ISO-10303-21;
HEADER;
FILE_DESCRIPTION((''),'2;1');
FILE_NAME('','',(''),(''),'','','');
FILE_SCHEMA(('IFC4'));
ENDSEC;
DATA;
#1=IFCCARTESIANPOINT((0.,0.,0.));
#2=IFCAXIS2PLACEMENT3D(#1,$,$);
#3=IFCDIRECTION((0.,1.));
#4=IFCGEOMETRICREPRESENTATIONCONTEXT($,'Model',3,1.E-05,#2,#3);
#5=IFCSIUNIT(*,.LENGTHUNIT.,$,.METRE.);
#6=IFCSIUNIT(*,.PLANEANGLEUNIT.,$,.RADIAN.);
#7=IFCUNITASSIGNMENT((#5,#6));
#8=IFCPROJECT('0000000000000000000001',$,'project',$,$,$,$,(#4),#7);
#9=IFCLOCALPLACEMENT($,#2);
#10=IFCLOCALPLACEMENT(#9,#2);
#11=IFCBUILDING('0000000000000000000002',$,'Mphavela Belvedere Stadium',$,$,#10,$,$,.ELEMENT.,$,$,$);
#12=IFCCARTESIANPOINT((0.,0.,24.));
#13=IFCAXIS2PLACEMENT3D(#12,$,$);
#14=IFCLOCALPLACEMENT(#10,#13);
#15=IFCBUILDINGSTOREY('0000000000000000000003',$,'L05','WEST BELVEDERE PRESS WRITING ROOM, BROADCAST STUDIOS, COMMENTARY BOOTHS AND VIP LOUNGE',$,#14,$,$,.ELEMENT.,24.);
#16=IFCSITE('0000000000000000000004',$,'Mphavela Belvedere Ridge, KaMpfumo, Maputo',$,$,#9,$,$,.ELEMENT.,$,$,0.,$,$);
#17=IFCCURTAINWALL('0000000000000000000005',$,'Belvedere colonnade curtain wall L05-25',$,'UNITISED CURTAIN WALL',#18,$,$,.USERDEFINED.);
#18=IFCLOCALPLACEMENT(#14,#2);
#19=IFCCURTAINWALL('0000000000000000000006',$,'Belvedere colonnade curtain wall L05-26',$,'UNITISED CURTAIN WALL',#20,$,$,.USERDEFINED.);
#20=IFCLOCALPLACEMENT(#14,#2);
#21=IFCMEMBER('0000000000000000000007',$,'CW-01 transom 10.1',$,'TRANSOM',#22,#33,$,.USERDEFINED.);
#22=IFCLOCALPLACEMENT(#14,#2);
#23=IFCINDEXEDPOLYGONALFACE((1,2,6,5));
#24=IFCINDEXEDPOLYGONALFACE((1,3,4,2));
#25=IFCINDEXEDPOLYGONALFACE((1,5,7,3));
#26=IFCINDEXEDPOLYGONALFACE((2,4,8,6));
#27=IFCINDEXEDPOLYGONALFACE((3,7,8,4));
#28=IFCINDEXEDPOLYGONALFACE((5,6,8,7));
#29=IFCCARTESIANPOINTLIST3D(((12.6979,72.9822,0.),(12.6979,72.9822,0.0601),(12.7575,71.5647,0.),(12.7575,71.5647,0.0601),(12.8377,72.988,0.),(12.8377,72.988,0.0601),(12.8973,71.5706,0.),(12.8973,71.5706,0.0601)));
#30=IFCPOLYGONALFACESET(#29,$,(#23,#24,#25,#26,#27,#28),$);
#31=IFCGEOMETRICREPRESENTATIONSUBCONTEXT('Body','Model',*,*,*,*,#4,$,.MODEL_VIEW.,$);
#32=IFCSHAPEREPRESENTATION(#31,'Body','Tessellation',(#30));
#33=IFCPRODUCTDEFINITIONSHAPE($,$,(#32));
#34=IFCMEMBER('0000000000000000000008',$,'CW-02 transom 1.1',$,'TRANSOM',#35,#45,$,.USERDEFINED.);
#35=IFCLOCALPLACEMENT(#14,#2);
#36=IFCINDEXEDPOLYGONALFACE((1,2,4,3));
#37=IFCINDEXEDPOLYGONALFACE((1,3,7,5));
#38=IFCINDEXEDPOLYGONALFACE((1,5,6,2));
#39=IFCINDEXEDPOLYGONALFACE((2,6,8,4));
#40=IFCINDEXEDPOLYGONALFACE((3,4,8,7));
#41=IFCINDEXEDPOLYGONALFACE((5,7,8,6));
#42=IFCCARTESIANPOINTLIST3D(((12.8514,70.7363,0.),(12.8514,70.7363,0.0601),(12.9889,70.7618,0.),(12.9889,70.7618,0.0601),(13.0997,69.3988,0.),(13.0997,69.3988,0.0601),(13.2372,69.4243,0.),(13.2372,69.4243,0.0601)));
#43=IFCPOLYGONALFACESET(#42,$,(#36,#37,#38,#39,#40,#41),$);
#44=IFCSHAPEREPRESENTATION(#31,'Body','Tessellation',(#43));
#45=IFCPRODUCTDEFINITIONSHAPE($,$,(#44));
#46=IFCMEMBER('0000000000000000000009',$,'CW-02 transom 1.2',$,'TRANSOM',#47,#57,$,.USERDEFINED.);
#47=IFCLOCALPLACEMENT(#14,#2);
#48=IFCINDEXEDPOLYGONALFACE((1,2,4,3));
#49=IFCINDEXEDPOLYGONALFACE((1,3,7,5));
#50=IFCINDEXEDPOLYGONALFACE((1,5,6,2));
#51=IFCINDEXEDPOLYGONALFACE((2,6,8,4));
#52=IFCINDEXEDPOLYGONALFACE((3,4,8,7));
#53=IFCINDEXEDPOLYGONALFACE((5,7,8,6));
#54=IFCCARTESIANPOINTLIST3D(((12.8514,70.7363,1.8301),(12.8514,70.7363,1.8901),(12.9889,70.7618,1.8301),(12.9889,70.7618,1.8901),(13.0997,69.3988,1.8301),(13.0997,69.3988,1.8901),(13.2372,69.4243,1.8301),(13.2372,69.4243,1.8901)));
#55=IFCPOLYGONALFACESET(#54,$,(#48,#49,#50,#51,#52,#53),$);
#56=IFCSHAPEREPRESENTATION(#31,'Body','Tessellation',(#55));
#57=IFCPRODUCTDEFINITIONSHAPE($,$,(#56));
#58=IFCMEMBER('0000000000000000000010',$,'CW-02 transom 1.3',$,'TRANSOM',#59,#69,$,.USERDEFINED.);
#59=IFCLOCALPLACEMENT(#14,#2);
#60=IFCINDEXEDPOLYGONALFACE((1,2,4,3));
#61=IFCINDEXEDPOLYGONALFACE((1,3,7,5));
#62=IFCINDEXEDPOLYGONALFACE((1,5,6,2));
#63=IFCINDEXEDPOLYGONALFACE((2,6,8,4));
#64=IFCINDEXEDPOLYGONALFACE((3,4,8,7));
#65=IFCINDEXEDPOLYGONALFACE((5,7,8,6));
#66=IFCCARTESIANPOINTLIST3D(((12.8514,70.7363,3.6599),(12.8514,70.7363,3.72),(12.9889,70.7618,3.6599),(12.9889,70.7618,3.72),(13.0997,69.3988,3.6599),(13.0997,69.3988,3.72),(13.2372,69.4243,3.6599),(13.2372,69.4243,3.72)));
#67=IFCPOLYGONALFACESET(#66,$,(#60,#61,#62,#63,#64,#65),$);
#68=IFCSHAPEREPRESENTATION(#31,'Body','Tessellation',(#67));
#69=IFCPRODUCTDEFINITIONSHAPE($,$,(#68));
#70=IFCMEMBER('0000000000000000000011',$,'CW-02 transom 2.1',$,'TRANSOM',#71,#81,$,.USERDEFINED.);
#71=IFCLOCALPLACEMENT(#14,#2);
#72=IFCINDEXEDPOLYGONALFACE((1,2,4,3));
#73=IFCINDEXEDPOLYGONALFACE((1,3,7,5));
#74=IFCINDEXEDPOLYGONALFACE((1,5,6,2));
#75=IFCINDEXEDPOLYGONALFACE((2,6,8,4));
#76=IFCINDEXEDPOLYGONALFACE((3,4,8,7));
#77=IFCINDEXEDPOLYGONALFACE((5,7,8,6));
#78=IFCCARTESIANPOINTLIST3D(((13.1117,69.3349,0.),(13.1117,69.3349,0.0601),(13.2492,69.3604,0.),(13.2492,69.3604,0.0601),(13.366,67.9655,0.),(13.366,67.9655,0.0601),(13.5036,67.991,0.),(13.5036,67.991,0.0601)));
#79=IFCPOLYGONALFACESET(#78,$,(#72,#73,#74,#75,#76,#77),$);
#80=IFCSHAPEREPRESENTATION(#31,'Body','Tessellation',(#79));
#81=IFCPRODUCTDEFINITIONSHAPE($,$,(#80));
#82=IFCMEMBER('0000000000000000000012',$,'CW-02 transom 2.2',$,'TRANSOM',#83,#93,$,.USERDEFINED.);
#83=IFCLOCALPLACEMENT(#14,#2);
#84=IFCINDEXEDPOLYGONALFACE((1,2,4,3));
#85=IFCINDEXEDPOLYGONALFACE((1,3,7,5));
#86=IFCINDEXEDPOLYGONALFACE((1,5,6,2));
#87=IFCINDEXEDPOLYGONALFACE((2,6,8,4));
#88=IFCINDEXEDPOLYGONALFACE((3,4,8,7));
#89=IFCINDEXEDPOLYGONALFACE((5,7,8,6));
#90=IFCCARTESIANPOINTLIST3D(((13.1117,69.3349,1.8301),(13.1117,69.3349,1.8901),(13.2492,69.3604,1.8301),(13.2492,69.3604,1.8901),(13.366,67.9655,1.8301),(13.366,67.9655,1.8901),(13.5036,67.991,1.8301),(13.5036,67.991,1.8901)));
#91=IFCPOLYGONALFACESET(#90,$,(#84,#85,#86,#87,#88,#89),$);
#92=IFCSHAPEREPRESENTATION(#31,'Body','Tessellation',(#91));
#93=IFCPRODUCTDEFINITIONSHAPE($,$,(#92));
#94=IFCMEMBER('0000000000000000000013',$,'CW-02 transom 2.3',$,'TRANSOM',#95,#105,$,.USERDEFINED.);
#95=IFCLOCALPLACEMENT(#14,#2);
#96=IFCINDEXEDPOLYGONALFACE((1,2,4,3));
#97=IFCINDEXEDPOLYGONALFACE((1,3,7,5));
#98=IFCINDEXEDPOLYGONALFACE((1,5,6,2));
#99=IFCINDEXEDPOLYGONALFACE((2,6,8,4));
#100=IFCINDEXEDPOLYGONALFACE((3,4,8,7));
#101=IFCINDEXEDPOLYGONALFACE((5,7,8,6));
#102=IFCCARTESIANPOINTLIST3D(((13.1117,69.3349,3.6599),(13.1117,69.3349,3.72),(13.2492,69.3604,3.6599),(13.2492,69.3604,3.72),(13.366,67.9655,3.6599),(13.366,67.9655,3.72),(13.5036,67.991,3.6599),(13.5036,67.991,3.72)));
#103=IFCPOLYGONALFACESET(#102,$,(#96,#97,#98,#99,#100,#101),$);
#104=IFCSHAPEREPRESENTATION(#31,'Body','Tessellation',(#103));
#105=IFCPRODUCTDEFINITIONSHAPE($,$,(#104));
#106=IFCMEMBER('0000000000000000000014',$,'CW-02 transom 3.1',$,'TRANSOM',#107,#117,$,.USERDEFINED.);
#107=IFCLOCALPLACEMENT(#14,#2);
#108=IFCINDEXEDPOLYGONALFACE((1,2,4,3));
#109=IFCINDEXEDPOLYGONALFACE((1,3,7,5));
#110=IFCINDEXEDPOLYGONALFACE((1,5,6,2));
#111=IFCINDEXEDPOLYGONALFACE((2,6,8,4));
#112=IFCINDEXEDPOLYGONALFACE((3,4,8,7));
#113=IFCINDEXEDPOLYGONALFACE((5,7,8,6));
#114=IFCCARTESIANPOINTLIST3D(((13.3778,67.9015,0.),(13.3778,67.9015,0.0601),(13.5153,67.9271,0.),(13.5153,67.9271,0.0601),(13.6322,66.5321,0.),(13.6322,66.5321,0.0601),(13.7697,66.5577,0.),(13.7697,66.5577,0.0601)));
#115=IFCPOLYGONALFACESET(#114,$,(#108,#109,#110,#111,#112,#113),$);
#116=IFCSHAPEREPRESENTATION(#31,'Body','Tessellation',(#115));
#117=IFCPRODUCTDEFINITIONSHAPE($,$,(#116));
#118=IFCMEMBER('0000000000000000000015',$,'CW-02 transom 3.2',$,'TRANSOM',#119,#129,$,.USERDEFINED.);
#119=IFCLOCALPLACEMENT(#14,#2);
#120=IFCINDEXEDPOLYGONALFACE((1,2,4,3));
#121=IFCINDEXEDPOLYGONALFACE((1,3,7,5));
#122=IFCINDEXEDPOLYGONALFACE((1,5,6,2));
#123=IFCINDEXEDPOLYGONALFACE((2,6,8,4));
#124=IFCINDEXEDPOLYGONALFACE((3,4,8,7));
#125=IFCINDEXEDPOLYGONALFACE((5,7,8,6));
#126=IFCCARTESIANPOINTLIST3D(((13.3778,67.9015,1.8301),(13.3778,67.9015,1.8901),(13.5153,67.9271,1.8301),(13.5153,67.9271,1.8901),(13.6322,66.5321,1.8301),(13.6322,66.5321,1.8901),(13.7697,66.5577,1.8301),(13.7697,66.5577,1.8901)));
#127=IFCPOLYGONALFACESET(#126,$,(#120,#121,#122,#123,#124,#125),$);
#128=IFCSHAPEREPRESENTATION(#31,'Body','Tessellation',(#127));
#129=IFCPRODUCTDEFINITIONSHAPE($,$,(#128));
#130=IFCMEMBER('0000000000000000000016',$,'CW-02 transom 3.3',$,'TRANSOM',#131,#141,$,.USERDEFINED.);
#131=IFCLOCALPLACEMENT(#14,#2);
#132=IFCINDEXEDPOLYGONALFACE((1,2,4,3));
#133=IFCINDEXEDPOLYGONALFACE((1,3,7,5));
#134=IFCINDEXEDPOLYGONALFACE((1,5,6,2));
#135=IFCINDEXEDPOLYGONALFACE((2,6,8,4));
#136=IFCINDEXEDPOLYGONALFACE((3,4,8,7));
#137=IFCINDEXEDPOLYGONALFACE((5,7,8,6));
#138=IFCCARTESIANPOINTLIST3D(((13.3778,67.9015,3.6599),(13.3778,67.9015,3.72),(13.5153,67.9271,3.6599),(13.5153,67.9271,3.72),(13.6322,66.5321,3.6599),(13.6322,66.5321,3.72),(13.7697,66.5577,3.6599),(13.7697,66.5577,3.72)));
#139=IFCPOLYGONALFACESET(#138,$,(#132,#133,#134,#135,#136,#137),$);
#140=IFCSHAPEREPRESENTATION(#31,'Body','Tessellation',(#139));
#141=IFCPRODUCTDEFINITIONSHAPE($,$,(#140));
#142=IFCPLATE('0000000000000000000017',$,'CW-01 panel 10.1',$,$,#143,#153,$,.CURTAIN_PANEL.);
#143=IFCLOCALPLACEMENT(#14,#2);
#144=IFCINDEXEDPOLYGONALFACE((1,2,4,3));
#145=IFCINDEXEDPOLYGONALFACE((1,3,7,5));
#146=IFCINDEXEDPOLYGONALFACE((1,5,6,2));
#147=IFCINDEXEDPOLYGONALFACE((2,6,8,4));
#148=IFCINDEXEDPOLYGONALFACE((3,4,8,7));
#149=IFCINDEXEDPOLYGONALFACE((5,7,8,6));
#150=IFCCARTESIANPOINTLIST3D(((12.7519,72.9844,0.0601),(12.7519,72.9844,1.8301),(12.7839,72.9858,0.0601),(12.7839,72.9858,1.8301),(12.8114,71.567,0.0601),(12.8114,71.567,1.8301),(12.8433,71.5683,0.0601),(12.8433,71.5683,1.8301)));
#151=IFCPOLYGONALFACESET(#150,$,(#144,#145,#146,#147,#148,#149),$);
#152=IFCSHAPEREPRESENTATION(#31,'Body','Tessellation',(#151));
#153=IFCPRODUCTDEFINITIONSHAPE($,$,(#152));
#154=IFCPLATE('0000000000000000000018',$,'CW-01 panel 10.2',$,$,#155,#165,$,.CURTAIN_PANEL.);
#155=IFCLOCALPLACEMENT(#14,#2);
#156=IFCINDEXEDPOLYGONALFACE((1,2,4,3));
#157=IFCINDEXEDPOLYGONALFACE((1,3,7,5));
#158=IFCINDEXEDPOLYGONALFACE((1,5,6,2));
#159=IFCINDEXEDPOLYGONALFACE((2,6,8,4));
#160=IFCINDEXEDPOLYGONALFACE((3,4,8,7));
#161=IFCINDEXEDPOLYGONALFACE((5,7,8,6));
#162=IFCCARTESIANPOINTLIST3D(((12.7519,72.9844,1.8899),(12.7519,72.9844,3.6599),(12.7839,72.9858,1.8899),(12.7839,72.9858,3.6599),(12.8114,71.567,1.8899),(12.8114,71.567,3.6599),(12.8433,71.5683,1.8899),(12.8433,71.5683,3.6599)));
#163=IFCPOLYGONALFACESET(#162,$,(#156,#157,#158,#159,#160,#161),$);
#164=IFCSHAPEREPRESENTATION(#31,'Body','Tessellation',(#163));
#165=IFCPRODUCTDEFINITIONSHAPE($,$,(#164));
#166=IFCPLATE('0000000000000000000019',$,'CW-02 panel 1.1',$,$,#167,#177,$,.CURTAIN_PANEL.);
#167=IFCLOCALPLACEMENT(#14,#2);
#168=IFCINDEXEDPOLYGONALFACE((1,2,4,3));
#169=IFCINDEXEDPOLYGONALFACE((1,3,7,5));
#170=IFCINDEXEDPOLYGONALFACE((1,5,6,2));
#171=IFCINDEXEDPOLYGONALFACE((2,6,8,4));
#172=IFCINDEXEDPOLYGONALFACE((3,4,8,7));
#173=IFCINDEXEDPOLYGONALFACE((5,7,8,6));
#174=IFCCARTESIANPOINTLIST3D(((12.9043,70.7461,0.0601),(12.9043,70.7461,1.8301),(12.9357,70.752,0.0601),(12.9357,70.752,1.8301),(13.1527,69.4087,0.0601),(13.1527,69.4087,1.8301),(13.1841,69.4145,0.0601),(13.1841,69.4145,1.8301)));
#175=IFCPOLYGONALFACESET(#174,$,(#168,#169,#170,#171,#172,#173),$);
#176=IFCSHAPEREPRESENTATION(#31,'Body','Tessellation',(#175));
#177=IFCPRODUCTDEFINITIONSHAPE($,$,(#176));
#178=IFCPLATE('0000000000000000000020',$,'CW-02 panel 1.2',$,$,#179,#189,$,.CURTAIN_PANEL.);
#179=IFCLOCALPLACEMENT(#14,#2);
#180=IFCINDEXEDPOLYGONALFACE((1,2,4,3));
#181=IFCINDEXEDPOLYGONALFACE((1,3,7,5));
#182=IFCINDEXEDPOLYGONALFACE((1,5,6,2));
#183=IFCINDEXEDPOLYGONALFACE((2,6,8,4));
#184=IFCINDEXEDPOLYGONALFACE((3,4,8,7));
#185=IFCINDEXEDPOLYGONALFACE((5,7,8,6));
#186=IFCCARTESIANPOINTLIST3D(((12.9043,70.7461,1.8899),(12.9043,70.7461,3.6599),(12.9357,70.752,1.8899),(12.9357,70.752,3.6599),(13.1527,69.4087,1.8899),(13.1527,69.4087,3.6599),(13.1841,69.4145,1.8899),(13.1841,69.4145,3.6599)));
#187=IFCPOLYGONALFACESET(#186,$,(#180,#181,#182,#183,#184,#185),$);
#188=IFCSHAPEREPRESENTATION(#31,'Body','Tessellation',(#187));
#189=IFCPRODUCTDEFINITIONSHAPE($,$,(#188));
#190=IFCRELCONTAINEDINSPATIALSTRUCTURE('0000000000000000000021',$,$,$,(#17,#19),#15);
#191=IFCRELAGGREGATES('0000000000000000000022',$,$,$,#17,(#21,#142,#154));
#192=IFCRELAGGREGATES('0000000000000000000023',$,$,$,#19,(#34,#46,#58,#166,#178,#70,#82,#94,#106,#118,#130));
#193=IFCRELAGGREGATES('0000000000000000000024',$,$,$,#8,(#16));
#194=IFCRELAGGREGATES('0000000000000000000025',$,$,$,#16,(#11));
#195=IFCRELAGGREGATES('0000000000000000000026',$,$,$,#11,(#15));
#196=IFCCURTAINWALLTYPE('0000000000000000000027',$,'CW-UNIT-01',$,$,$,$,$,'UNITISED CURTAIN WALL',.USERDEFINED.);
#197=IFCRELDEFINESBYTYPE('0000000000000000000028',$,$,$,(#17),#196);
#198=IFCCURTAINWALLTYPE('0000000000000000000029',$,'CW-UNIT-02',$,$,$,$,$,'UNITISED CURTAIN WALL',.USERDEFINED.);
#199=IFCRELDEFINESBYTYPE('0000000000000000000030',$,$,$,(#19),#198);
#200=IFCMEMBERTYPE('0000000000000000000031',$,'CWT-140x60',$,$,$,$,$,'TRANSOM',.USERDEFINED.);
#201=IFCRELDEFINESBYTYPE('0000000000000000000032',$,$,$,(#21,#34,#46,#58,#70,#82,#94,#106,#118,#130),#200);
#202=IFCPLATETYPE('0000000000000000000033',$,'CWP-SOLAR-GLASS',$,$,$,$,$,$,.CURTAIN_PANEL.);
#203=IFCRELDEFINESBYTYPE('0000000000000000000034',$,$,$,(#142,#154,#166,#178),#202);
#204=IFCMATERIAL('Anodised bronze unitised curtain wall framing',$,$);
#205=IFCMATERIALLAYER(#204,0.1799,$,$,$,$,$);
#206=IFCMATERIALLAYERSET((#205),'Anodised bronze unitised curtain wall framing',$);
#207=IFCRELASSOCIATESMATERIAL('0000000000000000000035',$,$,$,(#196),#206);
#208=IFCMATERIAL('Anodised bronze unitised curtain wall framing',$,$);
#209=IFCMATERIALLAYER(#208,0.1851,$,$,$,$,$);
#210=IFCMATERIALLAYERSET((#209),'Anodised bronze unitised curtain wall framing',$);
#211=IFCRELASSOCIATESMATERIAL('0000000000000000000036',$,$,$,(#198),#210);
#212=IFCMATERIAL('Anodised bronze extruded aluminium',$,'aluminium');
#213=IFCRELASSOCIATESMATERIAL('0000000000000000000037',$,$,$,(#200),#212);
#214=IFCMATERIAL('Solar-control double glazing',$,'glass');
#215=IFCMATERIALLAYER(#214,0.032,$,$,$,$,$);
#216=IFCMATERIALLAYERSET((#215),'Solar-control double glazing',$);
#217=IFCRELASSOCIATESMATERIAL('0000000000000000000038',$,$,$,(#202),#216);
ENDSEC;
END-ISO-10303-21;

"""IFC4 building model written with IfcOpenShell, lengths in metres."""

from ifc_helpers import new_model, si_unit, direction, frame, origin, origin_2d, place, context, subcontext, project, spatial, rectangle, extrude, material, layer, layer_set, material_profile, profile_set, type_object, element, aggregate, save


model = new_model("IFC4")

# Units and contexts
model_context = context("Model", 3, precision=1e-05, world=origin(), true_north=direction((0.0, 1.0)))
body_context = subcontext(model_context, "Body", "Model", "MODEL_VIEW")
ifc_project = project(units=[si_unit("LENGTHUNIT", "METRE"), si_unit("PLANEANGLEUNIT", "RADIAN")], contexts=[model_context])

# Site, building, storey
site_placement = place(None, origin())
site = spatial("IfcSite", under=ifc_project, at=site_placement, Name="Mphavela Belvedere Ridge, KaMpfumo, Maputo", CompositionType="ELEMENT", RefElevation=0.0)
building_placement = place(site_placement, origin())
building = spatial("IfcBuilding", under=site, at=building_placement, Name="Mphavela Belvedere Stadium", CompositionType="ELEMENT")
storey_placement = place(building_placement, frame((0.0, 0.0, 24.0)))
storey = spatial("IfcBuildingStorey", under=building, at=storey_placement, Name="L05", Description="WEST BELVEDERE PRESS WRITING ROOM, BROADCAST STUDIOS, COMMENTARY BOOTHS AND VIP LOUNGE", CompositionType="ELEMENT", Elevation=24.0)

# Curtain wall
ifc_material_1 = material(Name="Anodised bronze unitised curtain wall framing")
ifc_layer_1 = layer(ifc_material_1, 0.1799)
ifc_layer_set_1 = layer_set([ifc_layer_1], Name="Anodised bronze unitised curtain wall framing")
curtain_wall_type_1 = type_object("IfcCurtainWallType", Name="CW-UNIT-01", ElementType="UNITISED CURTAIN WALL", PredefinedType="USERDEFINED", material=ifc_layer_set_1)
curtain_wall_1_placement = place(storey_placement, origin())
curtain_wall_1 = element("IfcCurtainWall", 1, at=curtain_wall_1_placement, inside=storey, type_object=curtain_wall_type_1, Name="Belvedere colonnade curtain wall L05-25", ObjectType="UNITISED CURTAIN WALL", PredefinedType="USERDEFINED")

# Curtain wall
ifc_material_2 = material(Name="Anodised bronze unitised curtain wall framing")
ifc_layer_2 = layer(ifc_material_2, 0.1851)
ifc_layer_set_2 = layer_set([ifc_layer_2], Name="Anodised bronze unitised curtain wall framing")
curtain_wall_type_2 = type_object("IfcCurtainWallType", Name="CW-UNIT-02", ElementType="UNITISED CURTAIN WALL", PredefinedType="USERDEFINED", material=ifc_layer_set_2)
curtain_wall_2_placement = place(storey_placement, origin())
curtain_wall_2 = element("IfcCurtainWall", 2, at=curtain_wall_2_placement, inside=storey, type_object=curtain_wall_type_2, Name="Belvedere colonnade curtain wall L05-26", ObjectType="UNITISED CURTAIN WALL", PredefinedType="USERDEFINED")

# Members
ifc_material_3 = material(Name="Anodised bronze extruded aluminium", Category="aluminium")
ifc_material_profile_1 = material_profile(ifc_material_3, rectangle(XDim=0.1399, YDim=0.0601, at=origin_2d()), Name="CW-TRN 140x60")
ifc_profile_set_1 = profile_set([ifc_material_profile_1], Name="Anodised bronze extruded aluminium")
member_type_1 = type_object("IfcMemberType", Name="CWT-140x60", ElementType="TRANSOM", PredefinedType="USERDEFINED", material=ifc_profile_set_1)
member_1_placement = place(storey_placement, frame((12.7678, 72.9851, 0.03), z_axis=(0.041988, -0.999118, 0.0), x_axis=(0.999118, 0.041988, 0.0)))
member_1 = element("IfcMember", 3, at=member_1_placement, type_object=member_type_1, Name="CW-01 transom 10.1", ObjectType="TRANSOM", PredefinedType="USERDEFINED", context=body_context, shape_type="SweptSolid", body=[
    extrude(rectangle(XDim=0.1399, YDim=0.0601, at=origin_2d()), origin(), (0.0, 0.0, 1.0), 1.4187),
])
member_2_placement = place(storey_placement, frame((12.9202, 70.749, 0.03), z_axis=(0.182533, -0.9832, 0.0), x_axis=(0.9832, 0.182533, 0.0)))
member_2 = element("IfcMember", 4, at=member_2_placement, type_object=member_type_1, Name="CW-02 transom 1.1", ObjectType="TRANSOM", PredefinedType="USERDEFINED", context=body_context, shape_type="SweptSolid", body=[
    extrude(rectangle(XDim=0.1399, YDim=0.0601, at=origin_2d()), origin(), (0.0, 0.0, 1.0), 1.3604),
])
member_3_placement = place(storey_placement, frame((12.9202, 70.749, 1.8601), z_axis=(0.182533, -0.9832, 0.0), x_axis=(0.9832, 0.182533, 0.0)))
member_3 = element("IfcMember", 5, at=member_3_placement, type_object=member_type_1, Name="CW-02 transom 1.2", ObjectType="TRANSOM", PredefinedType="USERDEFINED", context=body_context, shape_type="SweptSolid", body=[
    extrude(rectangle(XDim=0.1399, YDim=0.0601, at=origin_2d()), origin(), (0.0, 0.0, 1.0), 1.3604),
])
member_4_placement = place(storey_placement, frame((12.9202, 70.749, 3.6899), z_axis=(0.182533, -0.9832, 0.0), x_axis=(0.9832, 0.182533, 0.0)))
member_4 = element("IfcMember", 6, at=member_4_placement, type_object=member_type_1, Name="CW-02 transom 1.3", ObjectType="TRANSOM", PredefinedType="USERDEFINED", context=body_context, shape_type="SweptSolid", body=[
    extrude(rectangle(XDim=0.1399, YDim=0.0601, at=origin_2d()), origin(), (0.0, 0.0, 1.0), 1.3604),
])
member_5_placement = place(storey_placement, frame((13.1804, 69.3477, 0.03), z_axis=(0.182648, -0.983178, 0.0), x_axis=(0.983178, 0.182648, 0.0)))
member_5 = element("IfcMember", 7, at=member_5_placement, type_object=member_type_1, Name="CW-02 transom 2.1", ObjectType="TRANSOM", PredefinedType="USERDEFINED", context=body_context, shape_type="SweptSolid", body=[
    extrude(rectangle(XDim=0.1399, YDim=0.0601, at=origin_2d()), origin(), (0.0, 0.0, 1.0), 1.3928),
])
member_6_placement = place(storey_placement, frame((13.1804, 69.3477, 1.8601), z_axis=(0.182648, -0.983178, 0.0), x_axis=(0.983178, 0.182648, 0.0)))
member_6 = element("IfcMember", 8, at=member_6_placement, type_object=member_type_1, Name="CW-02 transom 2.2", ObjectType="TRANSOM", PredefinedType="USERDEFINED", context=body_context, shape_type="SweptSolid", body=[
    extrude(rectangle(XDim=0.1399, YDim=0.0601, at=origin_2d()), origin(), (0.0, 0.0, 1.0), 1.3928),
])
member_7_placement = place(storey_placement, frame((13.1804, 69.3477, 3.6899), z_axis=(0.182648, -0.983178, 0.0), x_axis=(0.983178, 0.182648, 0.0)))
member_7 = element("IfcMember", 9, at=member_7_placement, type_object=member_type_1, Name="CW-02 transom 2.3", ObjectType="TRANSOM", PredefinedType="USERDEFINED", context=body_context, shape_type="SweptSolid", body=[
    extrude(rectangle(XDim=0.1399, YDim=0.0601, at=origin_2d()), origin(), (0.0, 0.0, 1.0), 1.3928),
])
member_8_placement = place(storey_placement, frame((13.4465, 67.9143, 0.03), z_axis=(0.182648, -0.983178, 0.0), x_axis=(0.983178, 0.182648, 0.0)))
member_8 = element("IfcMember", 10, at=member_8_placement, type_object=member_type_1, Name="CW-02 transom 3.1", ObjectType="TRANSOM", PredefinedType="USERDEFINED", context=body_context, shape_type="SweptSolid", body=[
    extrude(rectangle(XDim=0.1399, YDim=0.0601, at=origin_2d()), origin(), (0.0, 0.0, 1.0), 1.3928),
])
member_9_placement = place(storey_placement, frame((13.4465, 67.9143, 1.8601), z_axis=(0.182648, -0.983178, 0.0), x_axis=(0.983178, 0.182648, 0.0)))
member_9 = element("IfcMember", 11, at=member_9_placement, type_object=member_type_1, Name="CW-02 transom 3.2", ObjectType="TRANSOM", PredefinedType="USERDEFINED", context=body_context, shape_type="SweptSolid", body=[
    extrude(rectangle(XDim=0.1399, YDim=0.0601, at=origin_2d()), origin(), (0.0, 0.0, 1.0), 1.3928),
])
member_10_placement = place(storey_placement, frame((13.4465, 67.9143, 3.6899), z_axis=(0.182648, -0.983178, 0.0), x_axis=(0.983178, 0.182648, 0.0)))
member_10 = element("IfcMember", 12, at=member_10_placement, type_object=member_type_1, Name="CW-02 transom 3.3", ObjectType="TRANSOM", PredefinedType="USERDEFINED", context=body_context, shape_type="SweptSolid", body=[
    extrude(rectangle(XDim=0.1399, YDim=0.0601, at=origin_2d()), origin(), (0.0, 0.0, 1.0), 1.3928),
])

# Plates
ifc_material_4 = material(Name="Solar-control double glazing", Category="glass")
ifc_layer_3 = layer(ifc_material_4, 0.032)
ifc_layer_set_3 = layer_set([ifc_layer_3], Name="Solar-control double glazing")
plate_type = type_object("IfcPlateType", Name="CWP-SOLAR-GLASS", PredefinedType="CURTAIN_PANEL", material=ifc_layer_set_3)
plate_1_placement = place(storey_placement, frame((12.7976, 72.2764, 0.0601), z_axis=(0.0, 0.0, 1.0), x_axis=(0.041905, -0.999122, 0.0)))
plate_1 = element("IfcPlate", 13, at=plate_1_placement, type_object=plate_type, Name="CW-01 panel 10.1", PredefinedType="CURTAIN_PANEL", context=body_context, shape_type="SweptSolid", body=[
    extrude(rectangle(XDim=1.4187, YDim=0.032, at=origin_2d()), origin(), (0.0, 0.0, 1.0), 1.77),
])
plate_2_placement = place(storey_placement, frame((12.7976, 72.2764, 1.8899), z_axis=(0.0, 0.0, 1.0), x_axis=(0.041905, -0.999122, 0.0)))
plate_2 = element("IfcPlate", 14, at=plate_2_placement, type_object=plate_type, Name="CW-01 panel 10.2", PredefinedType="CURTAIN_PANEL", context=body_context, shape_type="SweptSolid", body=[
    extrude(rectangle(XDim=1.4187, YDim=0.032, at=origin_2d()), origin(), (0.0, 0.0, 1.0), 1.77),
])
aggregate(curtain_wall_1, [member_1, plate_1, plate_2])
plate_3_placement = place(storey_placement, frame((13.0442, 70.0803, 0.0601), z_axis=(0.0, 0.0, 1.0), x_axis=(0.182618, -0.983184, 0.0)))
plate_3 = element("IfcPlate", 15, at=plate_3_placement, type_object=plate_type, Name="CW-02 panel 1.1", PredefinedType="CURTAIN_PANEL", context=body_context, shape_type="SweptSolid", body=[
    extrude(rectangle(XDim=1.3604, YDim=0.032, at=origin_2d()), origin(), (0.0, 0.0, 1.0), 1.77),
])
plate_4_placement = place(storey_placement, frame((13.0442, 70.0803, 1.8899), z_axis=(0.0, 0.0, 1.0), x_axis=(0.182618, -0.983184, 0.0)))
plate_4 = element("IfcPlate", 16, at=plate_4_placement, type_object=plate_type, Name="CW-02 panel 1.2", PredefinedType="CURTAIN_PANEL", context=body_context, shape_type="SweptSolid", body=[
    extrude(rectangle(XDim=1.3604, YDim=0.032, at=origin_2d()), origin(), (0.0, 0.0, 1.0), 1.77),
])
aggregate(curtain_wall_2, [member_2, member_3, member_4, plate_3, plate_4, member_5, member_6, member_7, member_8, member_9, member_10])

save(model, "model.ifc")
